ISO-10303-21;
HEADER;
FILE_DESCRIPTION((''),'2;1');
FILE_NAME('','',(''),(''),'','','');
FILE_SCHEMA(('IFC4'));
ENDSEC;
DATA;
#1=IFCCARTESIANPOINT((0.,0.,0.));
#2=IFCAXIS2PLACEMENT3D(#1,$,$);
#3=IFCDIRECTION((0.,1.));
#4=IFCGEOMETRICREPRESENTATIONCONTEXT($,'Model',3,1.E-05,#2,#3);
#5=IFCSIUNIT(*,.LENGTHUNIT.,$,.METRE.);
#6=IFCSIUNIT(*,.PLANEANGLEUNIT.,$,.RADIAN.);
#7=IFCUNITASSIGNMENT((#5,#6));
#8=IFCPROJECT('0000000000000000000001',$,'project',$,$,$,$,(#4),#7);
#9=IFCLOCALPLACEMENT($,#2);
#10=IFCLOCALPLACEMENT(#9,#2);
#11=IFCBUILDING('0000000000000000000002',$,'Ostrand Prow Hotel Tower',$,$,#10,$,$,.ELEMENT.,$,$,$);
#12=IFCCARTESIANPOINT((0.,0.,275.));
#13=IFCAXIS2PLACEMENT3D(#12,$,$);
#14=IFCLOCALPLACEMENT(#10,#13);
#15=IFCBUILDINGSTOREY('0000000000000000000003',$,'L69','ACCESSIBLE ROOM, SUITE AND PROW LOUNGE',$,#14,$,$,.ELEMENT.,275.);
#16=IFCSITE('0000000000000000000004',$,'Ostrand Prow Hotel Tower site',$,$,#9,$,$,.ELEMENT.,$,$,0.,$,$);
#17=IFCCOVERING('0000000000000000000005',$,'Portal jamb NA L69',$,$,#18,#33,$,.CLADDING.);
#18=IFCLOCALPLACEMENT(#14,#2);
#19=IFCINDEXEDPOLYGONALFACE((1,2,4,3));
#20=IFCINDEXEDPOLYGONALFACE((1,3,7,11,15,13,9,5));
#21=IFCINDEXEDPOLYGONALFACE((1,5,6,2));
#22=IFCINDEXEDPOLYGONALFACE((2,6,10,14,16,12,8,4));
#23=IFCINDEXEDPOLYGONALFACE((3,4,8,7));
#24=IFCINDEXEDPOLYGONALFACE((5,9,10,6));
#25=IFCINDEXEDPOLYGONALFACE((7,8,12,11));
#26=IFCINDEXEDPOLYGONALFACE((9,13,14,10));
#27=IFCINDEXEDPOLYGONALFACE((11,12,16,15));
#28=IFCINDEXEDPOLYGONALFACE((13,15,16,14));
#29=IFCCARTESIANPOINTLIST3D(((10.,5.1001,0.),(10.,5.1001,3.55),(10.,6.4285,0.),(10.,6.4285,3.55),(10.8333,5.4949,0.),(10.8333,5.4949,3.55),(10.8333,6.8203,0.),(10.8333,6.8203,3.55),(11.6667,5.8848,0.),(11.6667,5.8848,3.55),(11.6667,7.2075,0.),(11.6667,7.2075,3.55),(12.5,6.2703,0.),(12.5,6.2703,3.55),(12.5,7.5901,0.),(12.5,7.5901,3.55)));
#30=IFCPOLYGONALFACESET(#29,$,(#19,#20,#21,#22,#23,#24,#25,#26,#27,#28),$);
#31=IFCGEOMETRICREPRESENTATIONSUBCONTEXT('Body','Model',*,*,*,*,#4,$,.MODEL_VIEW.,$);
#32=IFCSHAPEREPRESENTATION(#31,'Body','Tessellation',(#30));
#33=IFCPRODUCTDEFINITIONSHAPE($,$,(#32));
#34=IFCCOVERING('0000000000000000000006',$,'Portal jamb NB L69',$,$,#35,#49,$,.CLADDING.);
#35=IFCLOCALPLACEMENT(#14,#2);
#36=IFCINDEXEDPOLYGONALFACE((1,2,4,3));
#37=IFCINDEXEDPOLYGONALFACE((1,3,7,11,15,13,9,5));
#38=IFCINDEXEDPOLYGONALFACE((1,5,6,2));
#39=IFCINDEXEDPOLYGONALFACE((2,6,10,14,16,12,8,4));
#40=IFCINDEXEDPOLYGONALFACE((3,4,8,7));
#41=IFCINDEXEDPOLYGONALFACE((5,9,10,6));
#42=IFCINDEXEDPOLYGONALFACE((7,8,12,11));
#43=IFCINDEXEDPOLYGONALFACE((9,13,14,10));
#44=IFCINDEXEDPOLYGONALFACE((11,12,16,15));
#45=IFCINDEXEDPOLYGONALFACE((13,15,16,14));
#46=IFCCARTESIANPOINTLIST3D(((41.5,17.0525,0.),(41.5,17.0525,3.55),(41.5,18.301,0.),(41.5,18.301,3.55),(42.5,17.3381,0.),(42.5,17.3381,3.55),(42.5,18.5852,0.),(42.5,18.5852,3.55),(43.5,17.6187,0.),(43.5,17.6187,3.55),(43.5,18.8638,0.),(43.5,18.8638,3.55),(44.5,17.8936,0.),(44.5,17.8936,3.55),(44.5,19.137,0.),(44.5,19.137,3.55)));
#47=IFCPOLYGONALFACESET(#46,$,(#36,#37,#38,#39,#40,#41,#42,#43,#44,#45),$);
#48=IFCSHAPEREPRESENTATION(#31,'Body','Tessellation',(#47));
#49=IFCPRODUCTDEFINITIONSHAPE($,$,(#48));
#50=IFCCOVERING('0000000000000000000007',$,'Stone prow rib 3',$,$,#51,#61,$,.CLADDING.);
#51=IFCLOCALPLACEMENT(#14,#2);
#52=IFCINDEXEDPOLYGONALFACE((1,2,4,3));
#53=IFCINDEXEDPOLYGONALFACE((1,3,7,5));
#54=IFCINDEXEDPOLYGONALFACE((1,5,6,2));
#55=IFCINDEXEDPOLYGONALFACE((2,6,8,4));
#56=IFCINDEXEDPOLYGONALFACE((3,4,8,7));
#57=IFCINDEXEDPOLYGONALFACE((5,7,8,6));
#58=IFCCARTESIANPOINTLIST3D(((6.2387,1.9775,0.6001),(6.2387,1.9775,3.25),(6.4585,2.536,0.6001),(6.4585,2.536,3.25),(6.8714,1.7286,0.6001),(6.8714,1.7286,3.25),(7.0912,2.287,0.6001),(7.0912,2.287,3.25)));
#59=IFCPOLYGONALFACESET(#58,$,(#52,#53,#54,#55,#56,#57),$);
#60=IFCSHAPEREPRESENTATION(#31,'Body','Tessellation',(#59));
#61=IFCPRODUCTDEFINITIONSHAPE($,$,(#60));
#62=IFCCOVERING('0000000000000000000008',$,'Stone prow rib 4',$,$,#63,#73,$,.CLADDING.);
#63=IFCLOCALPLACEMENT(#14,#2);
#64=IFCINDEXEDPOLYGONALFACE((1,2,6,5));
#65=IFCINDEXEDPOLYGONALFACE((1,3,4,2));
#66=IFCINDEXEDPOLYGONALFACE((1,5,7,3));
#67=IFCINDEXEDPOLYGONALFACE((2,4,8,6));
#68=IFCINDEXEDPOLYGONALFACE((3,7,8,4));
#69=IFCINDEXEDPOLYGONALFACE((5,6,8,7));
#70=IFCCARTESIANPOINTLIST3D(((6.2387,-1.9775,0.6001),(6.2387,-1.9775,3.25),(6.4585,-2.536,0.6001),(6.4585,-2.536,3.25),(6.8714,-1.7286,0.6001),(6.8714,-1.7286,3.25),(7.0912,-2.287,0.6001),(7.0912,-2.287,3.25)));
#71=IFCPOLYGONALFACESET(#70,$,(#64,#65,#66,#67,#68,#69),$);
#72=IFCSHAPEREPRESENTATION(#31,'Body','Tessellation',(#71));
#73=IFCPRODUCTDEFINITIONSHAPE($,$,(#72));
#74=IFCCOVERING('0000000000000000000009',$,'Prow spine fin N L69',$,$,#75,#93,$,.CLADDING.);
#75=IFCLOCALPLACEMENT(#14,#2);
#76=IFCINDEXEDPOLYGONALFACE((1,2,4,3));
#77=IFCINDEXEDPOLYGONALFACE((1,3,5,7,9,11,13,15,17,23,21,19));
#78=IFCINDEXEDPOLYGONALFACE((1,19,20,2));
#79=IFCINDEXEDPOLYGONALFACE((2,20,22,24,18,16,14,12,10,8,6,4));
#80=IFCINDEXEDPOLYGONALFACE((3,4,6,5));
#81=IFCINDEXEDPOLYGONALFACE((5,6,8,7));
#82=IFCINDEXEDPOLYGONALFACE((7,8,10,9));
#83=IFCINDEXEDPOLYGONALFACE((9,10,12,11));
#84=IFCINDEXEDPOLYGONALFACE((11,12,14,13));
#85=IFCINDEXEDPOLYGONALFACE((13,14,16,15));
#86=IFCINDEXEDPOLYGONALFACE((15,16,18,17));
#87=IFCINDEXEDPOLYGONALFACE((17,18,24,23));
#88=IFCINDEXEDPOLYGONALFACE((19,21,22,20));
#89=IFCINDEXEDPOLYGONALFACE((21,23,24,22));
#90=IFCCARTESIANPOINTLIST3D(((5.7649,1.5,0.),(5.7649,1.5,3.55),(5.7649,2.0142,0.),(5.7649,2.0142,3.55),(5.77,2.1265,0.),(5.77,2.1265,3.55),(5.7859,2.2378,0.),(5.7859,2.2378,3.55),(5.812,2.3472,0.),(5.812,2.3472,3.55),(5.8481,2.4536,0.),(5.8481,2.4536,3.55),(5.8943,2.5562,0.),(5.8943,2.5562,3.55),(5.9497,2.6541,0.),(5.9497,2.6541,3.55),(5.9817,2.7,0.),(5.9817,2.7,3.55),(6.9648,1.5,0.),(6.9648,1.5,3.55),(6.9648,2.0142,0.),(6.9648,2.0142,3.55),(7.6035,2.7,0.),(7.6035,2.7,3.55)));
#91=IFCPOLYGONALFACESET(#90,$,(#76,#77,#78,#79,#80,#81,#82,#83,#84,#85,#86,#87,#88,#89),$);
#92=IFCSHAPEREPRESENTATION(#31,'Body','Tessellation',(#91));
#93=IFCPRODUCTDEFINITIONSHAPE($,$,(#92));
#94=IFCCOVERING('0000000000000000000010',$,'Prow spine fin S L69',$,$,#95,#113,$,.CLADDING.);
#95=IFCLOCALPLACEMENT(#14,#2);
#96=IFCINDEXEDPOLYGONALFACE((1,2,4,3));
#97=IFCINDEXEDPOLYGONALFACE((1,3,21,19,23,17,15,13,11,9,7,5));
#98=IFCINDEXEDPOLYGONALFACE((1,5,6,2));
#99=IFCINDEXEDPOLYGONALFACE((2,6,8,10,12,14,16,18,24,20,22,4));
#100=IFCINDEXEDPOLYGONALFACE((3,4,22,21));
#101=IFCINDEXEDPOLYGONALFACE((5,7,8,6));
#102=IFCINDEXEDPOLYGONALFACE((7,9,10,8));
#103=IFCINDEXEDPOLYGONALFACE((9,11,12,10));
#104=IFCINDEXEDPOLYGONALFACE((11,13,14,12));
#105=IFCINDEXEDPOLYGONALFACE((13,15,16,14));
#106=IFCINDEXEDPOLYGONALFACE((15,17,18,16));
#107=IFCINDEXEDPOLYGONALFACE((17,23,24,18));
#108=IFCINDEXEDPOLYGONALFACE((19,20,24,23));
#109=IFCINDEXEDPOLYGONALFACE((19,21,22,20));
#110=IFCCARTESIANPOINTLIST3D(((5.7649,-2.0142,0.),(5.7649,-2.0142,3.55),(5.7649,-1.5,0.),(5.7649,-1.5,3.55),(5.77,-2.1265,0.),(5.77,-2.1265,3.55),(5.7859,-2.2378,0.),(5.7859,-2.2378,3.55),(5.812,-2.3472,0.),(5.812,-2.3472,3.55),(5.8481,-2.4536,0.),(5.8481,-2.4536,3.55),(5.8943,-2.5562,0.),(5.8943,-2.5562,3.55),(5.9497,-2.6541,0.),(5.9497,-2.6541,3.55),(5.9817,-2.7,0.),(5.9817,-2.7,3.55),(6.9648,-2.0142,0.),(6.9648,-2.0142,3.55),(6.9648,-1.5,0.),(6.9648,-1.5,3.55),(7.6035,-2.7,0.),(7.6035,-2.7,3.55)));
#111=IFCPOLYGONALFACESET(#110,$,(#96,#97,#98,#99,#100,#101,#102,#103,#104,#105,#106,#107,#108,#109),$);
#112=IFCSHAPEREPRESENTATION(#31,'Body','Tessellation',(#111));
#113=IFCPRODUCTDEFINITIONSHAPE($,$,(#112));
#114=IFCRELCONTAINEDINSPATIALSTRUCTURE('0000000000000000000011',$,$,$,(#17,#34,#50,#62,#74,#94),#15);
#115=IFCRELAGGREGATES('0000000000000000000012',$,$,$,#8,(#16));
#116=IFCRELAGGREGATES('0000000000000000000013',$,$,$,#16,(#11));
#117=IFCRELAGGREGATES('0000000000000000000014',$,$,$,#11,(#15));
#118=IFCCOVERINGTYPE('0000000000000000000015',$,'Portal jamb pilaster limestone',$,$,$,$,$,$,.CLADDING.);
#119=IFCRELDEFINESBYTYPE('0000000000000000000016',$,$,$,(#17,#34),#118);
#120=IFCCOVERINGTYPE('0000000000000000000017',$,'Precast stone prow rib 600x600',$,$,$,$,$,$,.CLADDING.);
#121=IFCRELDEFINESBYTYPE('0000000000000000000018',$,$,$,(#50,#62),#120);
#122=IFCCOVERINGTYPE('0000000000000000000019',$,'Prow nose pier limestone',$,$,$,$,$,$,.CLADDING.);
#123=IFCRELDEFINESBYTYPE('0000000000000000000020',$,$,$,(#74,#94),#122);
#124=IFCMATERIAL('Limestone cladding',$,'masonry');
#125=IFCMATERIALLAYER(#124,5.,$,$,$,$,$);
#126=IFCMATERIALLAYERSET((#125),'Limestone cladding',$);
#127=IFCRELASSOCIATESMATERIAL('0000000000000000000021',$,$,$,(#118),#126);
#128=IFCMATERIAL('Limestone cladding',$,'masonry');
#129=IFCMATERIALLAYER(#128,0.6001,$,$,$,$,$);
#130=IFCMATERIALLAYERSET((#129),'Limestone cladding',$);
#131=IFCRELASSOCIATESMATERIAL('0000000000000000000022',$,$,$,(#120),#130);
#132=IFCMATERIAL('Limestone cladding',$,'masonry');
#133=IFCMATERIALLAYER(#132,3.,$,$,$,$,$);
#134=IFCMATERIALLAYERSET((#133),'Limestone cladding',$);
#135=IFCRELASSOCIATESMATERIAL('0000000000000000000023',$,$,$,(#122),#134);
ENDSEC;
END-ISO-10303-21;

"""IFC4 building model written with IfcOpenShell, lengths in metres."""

from ifc_helpers import new_model, si_unit, direction, frame, frame_2d, origin, place, context, subcontext, project, spatial, polyline, rectangle, outline, extrude, material, layer, layer_set, type_object, element, save


model = new_model("IFC4")

# Units and contexts
model_context = context("Model", 3, precision=1e-05, world=origin(), true_north=direction((0.0, 1.0)))
body_context = subcontext(model_context, "Body", "Model", "MODEL_VIEW")
ifc_project = project(units=[si_unit("LENGTHUNIT", "METRE"), si_unit("PLANEANGLEUNIT", "RADIAN")], contexts=[model_context])

# Site, building, storey
site_placement = place(None, origin())
site = spatial("IfcSite", under=ifc_project, at=site_placement, Name="Ostrand Prow Hotel Tower site", CompositionType="ELEMENT", RefElevation=0.0)
building_placement = place(site_placement, origin())
building = spatial("IfcBuilding", under=site, at=building_placement, Name="Ostrand Prow Hotel Tower", CompositionType="ELEMENT")
storey_placement = place(building_placement, frame((0.0, 0.0, 275.0)))
storey = spatial("IfcBuildingStorey", under=building, at=storey_placement, Name="L69", Description="ACCESSIBLE ROOM, SUITE AND PROW LOUNGE", CompositionType="ELEMENT", Elevation=275.0)

# Coverings
ifc_material_1 = material(Name="Limestone cladding", Category="masonry")
ifc_layer_1 = layer(ifc_material_1, 5.0)
ifc_layer_set_1 = layer_set([ifc_layer_1], Name="Limestone cladding")
covering_type_1 = type_object("IfcCoveringType", Name="Portal jamb pilaster limestone", PredefinedType="CLADDING", material=ifc_layer_set_1)
covering_1_placement = place(storey_placement, origin())
element("IfcCovering", 1, at=covering_1_placement, inside=storey, type_object=covering_type_1, Name="Portal jamb NA L69", PredefinedType="CLADDING", context=body_context, shape_type="SweptSolid", body=[
    extrude(outline(polyline([(10.0, 5.1001), (10.8333, 5.4949), (11.6667, 5.8848), (12.5, 6.2703), (12.5, 7.5901), (11.6667, 7.2075), (10.8333, 6.8203), (10.0, 6.4285), (10.0, 5.1001)])), origin(), (0.0, 0.0, 1.0), 3.55),
])
covering_2_placement = place(storey_placement, origin())
element("IfcCovering", 2, at=covering_2_placement, inside=storey, type_object=covering_type_1, Name="Portal jamb NB L69", PredefinedType="CLADDING", context=body_context, shape_type="SweptSolid", body=[
    extrude(outline(polyline([(41.5, 17.0525), (42.5, 17.3381), (43.5, 17.6187), (44.5, 17.8936), (44.5, 19.137), (43.5, 18.8638), (42.5, 18.5852), (41.5, 18.301), (41.5, 17.0525)])), origin(), (0.0, 0.0, 1.0), 3.55),
])
ifc_material_2 = material(Name="Limestone cladding", Category="masonry")
ifc_layer_2 = layer(ifc_material_2, 0.6001)
ifc_layer_set_2 = layer_set([ifc_layer_2], Name="Limestone cladding")
covering_type_2 = type_object("IfcCoveringType", Name="Precast stone prow rib 600x600", PredefinedType="CLADDING", material=ifc_layer_set_2)
for number, where, z_axis, x_axis, name in (
    (3, (6.9812, 2.0078, 0.6001), (0.0, 0.0, 1.0), (-0.930542, 0.366185, 0.0), "Stone prow rib 3"),
    (4, (6.9812, -2.0078, 0.6001), (0.0, 0.0, 1.0), (-0.930542, -0.366185, 0.0), "Stone prow rib 4"),
):
    element("IfcCovering", number, at=place(storey_placement, frame(where, z_axis=z_axis, x_axis=x_axis)), inside=storey, type_object=covering_type_2, Name=name, PredefinedType="CLADDING", context=body_context, shape_type="SweptSolid", body=[
        extrude(rectangle(XDim=0.6799, YDim=0.6001, at=frame_2d((0.3398, 0.0))), origin(), (0.0, 0.0, 1.0), 2.6499),
    ])
ifc_material_3 = material(Name="Limestone cladding", Category="masonry")
ifc_layer_3 = layer(ifc_material_3, 3.0)
ifc_layer_set_3 = layer_set([ifc_layer_3], Name="Limestone cladding")
covering_type_3 = type_object("IfcCoveringType", Name="Prow nose pier limestone", PredefinedType="CLADDING", material=ifc_layer_set_3)
covering_3_placement = place(storey_placement, origin())
element("IfcCovering", 5, at=covering_3_placement, inside=storey, type_object=covering_type_3, Name="Prow spine fin N L69", PredefinedType="CLADDING", context=body_context, shape_type="SweptSolid", body=[
    extrude(outline(polyline([(5.7649, 2.0142), (5.7649, 1.5), (6.9648, 1.5), (6.9648, 2.0142), (7.6035, 2.7), (5.9817, 2.7), (5.9497, 2.6541), (5.8943, 2.5562), (5.8481, 2.4536), (5.812, 2.3472), (5.7859, 2.2378), (5.77, 2.1265), (5.7649, 2.0142)])), origin(), (0.0, 0.0, 1.0), 3.55),
])
covering_4_placement = place(storey_placement, origin())
element("IfcCovering", 6, at=covering_4_placement, inside=storey, type_object=covering_type_3, Name="Prow spine fin S L69", PredefinedType="CLADDING", context=body_context, shape_type="SweptSolid", body=[
    extrude(outline(polyline([(5.9497, -2.6541), (5.9817, -2.7), (7.6035, -2.7), (6.9648, -2.0142), (6.9648, -1.5), (5.7649, -1.5), (5.7649, -2.0142), (5.77, -2.1265), (5.7859, -2.2378), (5.812, -2.3472), (5.8481, -2.4536), (5.8943, -2.5562), (5.9497, -2.6541)])), origin(), (0.0, 0.0, 1.0), 3.55),
])

save(model, "model.ifc")
